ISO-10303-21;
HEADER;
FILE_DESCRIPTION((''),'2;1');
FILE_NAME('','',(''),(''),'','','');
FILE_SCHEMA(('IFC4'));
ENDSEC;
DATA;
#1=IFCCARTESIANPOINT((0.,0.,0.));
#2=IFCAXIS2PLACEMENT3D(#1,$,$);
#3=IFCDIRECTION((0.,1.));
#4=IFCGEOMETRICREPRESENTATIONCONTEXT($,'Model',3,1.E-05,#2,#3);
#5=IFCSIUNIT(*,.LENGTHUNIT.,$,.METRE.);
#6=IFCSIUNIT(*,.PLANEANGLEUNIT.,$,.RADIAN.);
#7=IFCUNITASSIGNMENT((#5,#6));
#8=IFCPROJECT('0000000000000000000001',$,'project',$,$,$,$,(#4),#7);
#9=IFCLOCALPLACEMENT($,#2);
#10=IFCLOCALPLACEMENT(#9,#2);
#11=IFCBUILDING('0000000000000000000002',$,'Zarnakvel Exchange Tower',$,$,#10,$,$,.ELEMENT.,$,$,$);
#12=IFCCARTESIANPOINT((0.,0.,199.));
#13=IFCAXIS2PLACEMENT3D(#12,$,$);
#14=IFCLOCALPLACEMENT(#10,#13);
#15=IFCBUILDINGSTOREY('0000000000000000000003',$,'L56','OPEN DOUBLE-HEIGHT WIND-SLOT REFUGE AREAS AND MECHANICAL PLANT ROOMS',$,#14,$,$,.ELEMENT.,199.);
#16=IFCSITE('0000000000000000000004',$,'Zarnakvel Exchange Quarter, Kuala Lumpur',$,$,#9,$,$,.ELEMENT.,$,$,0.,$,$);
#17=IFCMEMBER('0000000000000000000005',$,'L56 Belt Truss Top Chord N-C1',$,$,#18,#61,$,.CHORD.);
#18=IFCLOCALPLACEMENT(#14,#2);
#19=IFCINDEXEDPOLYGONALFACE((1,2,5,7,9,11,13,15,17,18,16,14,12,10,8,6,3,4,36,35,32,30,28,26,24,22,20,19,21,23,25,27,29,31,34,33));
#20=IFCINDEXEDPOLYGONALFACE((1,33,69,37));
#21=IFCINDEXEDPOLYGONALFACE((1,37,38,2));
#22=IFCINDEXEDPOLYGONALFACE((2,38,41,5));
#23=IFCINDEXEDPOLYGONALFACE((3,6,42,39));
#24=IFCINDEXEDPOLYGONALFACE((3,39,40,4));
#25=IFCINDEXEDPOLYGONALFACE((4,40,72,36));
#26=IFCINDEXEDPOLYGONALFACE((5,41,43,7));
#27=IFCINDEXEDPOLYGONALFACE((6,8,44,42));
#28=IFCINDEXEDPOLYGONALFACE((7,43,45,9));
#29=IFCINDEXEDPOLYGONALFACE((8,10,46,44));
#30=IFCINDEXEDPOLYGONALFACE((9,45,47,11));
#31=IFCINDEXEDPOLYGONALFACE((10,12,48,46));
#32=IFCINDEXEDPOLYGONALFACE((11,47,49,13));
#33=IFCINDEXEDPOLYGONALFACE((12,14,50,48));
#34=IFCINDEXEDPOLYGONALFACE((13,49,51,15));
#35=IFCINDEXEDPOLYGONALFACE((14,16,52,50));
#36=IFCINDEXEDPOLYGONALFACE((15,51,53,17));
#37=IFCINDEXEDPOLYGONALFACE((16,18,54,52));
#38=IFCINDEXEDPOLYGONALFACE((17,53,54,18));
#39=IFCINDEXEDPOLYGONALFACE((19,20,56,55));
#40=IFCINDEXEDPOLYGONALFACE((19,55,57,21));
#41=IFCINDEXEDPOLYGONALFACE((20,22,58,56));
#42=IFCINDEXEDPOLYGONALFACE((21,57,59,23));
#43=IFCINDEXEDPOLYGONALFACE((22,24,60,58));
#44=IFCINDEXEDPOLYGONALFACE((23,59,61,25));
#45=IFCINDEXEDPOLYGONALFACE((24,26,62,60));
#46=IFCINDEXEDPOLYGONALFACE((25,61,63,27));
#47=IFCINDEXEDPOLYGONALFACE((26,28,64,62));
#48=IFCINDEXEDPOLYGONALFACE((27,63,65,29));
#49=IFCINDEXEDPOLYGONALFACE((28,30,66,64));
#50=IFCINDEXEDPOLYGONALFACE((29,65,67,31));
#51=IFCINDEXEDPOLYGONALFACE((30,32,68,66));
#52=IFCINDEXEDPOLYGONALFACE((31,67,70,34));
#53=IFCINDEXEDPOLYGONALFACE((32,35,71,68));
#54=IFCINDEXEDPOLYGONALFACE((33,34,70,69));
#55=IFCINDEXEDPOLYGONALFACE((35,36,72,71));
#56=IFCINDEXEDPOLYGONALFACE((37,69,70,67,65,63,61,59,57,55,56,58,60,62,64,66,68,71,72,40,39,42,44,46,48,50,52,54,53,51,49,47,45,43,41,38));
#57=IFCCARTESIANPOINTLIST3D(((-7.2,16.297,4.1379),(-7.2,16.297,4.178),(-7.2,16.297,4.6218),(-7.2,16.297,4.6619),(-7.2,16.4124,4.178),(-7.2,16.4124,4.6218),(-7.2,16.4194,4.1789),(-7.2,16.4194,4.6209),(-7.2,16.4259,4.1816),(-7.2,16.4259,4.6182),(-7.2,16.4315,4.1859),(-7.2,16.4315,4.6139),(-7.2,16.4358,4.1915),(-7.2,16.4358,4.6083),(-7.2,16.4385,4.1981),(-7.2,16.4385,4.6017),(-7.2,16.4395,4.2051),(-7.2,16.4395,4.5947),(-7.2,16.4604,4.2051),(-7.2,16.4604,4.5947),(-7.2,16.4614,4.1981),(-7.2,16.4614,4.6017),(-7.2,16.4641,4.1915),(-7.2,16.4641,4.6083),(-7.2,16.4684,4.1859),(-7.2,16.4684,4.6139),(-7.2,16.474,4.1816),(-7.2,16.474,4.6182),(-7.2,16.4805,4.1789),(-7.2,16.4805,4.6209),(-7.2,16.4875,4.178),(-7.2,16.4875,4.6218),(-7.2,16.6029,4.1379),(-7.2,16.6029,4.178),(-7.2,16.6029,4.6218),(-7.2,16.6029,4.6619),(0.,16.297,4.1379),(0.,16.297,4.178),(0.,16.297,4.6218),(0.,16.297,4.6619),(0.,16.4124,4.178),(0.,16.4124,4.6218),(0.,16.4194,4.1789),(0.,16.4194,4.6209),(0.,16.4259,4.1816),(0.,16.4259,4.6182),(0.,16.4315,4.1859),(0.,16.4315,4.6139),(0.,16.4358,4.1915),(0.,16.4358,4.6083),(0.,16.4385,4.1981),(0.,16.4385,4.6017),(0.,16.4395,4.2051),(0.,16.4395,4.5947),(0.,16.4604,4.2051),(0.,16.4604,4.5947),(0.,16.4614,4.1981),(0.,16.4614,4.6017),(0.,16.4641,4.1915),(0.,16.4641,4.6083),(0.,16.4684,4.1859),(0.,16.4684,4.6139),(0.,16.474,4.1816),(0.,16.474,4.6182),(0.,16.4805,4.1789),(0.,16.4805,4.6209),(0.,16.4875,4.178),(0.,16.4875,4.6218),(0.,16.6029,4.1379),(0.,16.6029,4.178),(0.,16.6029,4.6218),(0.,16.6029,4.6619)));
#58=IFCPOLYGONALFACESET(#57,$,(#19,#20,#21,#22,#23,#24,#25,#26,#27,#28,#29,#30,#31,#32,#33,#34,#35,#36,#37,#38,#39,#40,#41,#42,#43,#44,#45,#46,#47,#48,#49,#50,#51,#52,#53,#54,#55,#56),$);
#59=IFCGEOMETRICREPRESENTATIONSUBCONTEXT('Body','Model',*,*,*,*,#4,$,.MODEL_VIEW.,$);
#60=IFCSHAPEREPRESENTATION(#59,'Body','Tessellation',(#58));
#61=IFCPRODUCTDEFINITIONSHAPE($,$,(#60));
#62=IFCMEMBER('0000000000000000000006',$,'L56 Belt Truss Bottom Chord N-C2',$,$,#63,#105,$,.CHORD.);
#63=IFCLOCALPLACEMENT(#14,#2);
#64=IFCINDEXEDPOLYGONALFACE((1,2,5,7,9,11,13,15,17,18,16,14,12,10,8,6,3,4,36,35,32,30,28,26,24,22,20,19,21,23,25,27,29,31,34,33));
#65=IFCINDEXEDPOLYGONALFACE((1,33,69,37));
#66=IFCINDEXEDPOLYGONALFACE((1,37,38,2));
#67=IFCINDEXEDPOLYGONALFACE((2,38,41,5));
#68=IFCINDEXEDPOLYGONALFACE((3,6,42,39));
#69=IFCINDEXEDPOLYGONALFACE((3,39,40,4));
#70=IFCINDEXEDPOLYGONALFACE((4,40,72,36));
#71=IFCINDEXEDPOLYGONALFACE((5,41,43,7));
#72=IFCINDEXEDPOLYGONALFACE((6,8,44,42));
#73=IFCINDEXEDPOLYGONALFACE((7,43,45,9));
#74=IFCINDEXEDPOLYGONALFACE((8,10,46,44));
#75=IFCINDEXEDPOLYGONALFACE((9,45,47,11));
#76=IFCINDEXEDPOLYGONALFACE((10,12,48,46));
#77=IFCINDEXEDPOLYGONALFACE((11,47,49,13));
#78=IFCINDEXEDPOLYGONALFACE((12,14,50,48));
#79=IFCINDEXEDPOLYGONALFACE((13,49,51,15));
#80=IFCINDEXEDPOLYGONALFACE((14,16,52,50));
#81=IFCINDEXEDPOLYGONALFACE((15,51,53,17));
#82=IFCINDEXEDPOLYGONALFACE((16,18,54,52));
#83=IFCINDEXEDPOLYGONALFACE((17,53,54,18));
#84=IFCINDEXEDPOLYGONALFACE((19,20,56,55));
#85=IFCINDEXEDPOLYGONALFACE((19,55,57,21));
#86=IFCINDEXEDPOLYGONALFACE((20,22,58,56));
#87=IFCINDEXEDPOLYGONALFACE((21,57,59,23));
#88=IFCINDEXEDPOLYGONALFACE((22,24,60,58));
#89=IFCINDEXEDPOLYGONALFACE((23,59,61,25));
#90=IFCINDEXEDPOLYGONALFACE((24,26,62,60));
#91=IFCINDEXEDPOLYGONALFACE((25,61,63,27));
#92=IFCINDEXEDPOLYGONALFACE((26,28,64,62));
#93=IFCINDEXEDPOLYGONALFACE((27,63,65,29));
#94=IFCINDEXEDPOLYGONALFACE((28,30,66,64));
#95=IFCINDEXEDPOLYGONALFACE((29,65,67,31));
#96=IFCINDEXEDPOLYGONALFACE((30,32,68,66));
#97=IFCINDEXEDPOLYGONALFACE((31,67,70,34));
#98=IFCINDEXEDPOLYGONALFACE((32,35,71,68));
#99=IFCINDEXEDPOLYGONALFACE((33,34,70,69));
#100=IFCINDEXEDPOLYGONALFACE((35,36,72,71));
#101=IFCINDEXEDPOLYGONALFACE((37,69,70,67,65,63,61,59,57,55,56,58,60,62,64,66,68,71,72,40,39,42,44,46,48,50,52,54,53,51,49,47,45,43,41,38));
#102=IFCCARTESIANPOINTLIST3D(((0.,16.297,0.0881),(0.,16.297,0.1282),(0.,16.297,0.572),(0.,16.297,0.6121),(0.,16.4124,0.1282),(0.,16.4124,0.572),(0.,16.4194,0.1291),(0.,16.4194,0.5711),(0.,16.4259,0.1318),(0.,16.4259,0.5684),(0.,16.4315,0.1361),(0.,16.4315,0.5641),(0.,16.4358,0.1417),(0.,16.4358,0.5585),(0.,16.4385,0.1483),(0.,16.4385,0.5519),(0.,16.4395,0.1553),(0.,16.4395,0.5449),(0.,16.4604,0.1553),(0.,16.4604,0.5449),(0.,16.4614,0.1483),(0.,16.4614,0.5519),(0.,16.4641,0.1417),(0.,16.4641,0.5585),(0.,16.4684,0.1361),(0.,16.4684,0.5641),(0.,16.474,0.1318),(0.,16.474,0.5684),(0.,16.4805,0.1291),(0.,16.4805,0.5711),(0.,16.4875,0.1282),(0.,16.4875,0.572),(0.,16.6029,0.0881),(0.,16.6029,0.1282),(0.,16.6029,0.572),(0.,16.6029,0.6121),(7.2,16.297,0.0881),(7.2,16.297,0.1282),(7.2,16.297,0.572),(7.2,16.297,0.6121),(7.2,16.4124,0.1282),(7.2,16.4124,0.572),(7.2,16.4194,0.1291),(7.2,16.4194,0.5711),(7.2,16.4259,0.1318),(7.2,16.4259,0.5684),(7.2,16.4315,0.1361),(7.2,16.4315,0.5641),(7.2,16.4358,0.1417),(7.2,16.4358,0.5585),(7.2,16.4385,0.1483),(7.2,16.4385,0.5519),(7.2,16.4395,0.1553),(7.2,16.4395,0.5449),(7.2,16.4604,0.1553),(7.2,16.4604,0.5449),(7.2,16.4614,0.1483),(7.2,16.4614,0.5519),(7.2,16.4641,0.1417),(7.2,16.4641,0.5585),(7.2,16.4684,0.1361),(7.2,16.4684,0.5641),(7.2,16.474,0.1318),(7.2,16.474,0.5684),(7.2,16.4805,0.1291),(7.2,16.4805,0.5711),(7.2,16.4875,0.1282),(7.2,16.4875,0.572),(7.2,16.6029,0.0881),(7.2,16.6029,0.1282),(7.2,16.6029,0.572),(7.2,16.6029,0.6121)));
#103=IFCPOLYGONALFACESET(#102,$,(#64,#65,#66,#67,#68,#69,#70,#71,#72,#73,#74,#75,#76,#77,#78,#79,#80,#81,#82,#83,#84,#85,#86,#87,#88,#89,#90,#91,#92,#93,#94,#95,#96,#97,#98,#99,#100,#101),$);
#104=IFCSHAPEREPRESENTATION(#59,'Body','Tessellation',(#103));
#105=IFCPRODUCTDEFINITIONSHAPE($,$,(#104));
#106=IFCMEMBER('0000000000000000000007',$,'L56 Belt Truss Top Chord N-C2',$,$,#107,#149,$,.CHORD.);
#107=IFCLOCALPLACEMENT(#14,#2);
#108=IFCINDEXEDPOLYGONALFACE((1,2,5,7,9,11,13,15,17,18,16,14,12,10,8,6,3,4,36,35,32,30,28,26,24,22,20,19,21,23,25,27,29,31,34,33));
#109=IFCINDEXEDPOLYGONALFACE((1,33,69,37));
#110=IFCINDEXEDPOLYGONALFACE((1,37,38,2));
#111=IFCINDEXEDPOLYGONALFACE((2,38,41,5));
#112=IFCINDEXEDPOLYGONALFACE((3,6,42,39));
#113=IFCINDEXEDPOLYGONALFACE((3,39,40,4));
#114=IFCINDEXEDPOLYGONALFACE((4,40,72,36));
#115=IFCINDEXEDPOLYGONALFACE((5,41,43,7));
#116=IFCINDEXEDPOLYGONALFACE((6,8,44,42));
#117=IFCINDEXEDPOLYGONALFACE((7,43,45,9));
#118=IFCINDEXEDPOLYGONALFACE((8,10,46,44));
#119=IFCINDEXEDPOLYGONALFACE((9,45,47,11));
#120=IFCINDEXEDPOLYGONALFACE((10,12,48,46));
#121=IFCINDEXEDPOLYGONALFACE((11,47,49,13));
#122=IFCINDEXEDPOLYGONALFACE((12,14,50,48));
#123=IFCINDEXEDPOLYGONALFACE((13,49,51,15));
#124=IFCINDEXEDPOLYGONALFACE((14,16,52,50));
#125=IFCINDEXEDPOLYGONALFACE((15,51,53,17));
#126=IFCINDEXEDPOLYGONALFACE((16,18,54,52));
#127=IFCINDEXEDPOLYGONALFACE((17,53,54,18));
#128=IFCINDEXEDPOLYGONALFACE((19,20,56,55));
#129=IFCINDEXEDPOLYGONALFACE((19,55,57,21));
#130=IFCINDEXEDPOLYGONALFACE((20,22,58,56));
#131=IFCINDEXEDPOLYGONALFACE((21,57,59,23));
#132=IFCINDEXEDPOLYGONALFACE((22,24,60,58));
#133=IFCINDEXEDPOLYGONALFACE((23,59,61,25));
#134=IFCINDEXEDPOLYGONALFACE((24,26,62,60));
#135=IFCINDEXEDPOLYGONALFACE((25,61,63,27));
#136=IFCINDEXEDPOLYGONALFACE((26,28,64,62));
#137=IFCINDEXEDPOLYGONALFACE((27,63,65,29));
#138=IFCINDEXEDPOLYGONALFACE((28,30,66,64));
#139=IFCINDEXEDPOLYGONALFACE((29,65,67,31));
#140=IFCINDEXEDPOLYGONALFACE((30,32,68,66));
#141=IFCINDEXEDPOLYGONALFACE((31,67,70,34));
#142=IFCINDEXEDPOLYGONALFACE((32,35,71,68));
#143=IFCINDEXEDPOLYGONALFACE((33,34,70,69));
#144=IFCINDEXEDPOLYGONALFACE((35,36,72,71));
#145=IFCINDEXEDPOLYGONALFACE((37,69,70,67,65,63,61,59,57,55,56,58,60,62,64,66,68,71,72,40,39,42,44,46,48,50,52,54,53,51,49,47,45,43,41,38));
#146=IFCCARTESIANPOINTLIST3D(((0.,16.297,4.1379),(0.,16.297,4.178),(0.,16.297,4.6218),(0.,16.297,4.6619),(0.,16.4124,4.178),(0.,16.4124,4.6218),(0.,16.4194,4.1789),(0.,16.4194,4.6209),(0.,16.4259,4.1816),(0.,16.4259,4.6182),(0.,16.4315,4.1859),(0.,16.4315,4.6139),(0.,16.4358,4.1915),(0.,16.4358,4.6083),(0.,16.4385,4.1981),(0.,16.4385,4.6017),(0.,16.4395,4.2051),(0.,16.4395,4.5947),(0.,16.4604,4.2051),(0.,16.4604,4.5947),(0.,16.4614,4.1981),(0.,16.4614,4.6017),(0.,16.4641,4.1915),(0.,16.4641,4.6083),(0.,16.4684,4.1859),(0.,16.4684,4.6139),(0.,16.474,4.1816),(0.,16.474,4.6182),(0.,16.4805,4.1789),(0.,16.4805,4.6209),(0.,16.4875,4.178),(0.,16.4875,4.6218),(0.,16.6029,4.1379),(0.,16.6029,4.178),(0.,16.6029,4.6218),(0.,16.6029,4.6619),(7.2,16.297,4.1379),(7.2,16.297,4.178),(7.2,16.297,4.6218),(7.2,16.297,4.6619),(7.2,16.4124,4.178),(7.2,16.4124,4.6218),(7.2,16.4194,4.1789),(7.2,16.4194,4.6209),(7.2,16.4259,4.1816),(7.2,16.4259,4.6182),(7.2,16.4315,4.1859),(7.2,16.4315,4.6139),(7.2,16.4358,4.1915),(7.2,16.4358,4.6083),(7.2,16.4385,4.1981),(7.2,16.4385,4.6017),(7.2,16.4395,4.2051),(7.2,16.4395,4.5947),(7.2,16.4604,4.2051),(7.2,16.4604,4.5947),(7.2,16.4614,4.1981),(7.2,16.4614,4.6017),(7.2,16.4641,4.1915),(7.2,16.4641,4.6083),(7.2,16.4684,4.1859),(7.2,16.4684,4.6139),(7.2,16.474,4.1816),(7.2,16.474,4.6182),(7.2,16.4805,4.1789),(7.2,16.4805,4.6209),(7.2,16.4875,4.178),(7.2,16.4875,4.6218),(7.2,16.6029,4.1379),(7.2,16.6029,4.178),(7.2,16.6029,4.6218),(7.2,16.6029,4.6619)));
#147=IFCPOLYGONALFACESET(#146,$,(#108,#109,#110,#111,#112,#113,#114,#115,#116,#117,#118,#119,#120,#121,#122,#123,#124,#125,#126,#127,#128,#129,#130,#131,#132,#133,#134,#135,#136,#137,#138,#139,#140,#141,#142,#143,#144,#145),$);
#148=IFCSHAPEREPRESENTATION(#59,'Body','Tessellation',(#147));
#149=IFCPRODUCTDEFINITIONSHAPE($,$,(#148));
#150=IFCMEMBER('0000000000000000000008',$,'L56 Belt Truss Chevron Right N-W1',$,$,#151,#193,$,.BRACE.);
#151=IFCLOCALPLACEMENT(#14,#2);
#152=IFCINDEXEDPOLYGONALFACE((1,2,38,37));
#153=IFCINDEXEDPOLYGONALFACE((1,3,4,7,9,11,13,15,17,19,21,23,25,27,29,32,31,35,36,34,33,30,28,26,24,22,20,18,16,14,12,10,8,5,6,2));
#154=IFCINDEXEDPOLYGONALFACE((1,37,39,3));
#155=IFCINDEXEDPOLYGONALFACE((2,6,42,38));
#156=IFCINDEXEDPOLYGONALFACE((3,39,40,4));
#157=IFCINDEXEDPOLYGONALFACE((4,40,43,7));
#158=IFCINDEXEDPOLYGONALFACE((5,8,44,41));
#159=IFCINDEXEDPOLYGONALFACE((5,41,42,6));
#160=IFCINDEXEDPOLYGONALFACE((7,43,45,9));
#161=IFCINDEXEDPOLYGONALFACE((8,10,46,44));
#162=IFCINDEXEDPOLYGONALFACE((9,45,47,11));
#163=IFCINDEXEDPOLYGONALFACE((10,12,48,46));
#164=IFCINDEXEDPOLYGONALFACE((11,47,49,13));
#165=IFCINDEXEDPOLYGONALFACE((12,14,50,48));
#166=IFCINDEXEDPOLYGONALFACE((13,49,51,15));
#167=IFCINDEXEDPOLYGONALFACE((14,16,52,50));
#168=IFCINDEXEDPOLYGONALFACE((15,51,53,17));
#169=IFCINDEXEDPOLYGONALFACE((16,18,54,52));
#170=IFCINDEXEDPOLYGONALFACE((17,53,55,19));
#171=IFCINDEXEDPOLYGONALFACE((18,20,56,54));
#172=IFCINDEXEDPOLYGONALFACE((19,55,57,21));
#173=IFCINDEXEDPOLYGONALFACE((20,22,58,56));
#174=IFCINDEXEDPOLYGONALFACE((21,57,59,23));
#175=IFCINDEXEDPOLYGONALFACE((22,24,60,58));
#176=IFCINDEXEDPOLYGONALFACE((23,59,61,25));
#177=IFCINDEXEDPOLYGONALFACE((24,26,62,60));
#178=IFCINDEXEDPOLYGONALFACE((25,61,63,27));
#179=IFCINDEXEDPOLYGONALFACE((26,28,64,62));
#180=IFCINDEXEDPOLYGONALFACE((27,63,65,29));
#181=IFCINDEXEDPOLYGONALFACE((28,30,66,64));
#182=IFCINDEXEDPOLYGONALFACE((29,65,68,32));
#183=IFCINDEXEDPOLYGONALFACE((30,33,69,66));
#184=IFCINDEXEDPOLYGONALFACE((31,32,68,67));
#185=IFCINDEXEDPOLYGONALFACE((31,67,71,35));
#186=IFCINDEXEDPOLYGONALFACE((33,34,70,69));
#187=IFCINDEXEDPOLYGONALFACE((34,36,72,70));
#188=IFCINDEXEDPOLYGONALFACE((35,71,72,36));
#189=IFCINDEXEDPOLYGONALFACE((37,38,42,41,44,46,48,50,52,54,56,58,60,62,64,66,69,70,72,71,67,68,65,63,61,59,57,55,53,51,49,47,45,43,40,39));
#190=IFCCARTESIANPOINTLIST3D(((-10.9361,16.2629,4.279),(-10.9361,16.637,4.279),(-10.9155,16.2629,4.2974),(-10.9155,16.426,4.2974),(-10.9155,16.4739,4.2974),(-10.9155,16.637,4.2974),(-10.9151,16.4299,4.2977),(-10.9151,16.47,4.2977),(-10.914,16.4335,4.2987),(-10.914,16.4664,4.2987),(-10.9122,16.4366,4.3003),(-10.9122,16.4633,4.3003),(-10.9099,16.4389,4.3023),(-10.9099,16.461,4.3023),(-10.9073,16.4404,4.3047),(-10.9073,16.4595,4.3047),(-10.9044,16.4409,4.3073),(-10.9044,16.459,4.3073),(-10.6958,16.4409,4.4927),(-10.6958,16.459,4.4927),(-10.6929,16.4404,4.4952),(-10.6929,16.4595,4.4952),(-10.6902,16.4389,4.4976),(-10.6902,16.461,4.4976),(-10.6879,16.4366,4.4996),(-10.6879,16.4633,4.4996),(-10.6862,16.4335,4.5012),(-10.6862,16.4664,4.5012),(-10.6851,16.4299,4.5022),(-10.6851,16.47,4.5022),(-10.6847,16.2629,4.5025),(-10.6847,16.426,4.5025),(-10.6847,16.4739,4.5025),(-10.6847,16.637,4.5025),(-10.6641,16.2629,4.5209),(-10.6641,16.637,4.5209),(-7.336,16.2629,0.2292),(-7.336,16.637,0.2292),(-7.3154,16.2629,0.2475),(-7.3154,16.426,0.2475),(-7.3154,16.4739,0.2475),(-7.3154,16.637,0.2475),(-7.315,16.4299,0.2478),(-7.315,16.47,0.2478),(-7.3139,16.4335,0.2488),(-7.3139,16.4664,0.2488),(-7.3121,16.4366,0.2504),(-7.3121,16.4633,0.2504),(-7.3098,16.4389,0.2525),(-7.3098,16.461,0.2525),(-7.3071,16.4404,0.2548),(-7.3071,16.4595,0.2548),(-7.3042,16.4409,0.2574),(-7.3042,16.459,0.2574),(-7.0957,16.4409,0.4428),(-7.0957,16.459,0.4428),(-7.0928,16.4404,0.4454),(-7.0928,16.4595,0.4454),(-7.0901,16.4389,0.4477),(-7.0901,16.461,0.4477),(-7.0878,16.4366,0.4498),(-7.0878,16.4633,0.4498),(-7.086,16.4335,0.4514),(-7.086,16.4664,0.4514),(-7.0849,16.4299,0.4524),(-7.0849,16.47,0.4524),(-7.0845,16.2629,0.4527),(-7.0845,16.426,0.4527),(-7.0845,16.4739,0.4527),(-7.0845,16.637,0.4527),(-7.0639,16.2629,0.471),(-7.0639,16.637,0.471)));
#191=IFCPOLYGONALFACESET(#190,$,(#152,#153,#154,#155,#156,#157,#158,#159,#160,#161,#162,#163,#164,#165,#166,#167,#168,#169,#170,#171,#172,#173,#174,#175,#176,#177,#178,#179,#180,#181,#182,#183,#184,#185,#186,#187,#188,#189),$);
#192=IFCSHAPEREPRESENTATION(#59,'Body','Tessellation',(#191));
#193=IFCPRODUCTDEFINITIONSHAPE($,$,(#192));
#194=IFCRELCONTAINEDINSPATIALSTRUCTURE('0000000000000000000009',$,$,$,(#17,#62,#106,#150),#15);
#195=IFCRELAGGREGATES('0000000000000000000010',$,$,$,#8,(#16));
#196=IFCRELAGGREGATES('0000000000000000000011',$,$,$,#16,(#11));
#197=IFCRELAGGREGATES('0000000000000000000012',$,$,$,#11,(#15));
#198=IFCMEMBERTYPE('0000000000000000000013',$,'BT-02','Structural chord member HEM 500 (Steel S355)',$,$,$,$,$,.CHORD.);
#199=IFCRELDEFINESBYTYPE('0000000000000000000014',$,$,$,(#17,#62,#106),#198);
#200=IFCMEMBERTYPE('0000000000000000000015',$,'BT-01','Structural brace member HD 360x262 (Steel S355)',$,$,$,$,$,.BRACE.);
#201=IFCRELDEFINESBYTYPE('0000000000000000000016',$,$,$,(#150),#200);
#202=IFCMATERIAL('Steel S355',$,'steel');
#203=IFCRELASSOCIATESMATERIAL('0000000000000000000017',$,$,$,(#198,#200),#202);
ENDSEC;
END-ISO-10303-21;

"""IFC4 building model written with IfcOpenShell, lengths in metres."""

from ifc_helpers import new_model, si_unit, direction, frame, origin, origin_2d, place, context, subcontext, project, spatial, i_section, extrude, source, transform, mapped, material, material_profile, profile_set, type_object, element, save


model = new_model("IFC4")

# Units and contexts
model_context = context("Model", 3, precision=1e-05, world=origin(), true_north=direction((0.0, 1.0)))
body_context = subcontext(model_context, "Body", "Model", "MODEL_VIEW")
ifc_project = project(units=[si_unit("LENGTHUNIT", "METRE"), si_unit("PLANEANGLEUNIT", "RADIAN")], contexts=[model_context])

# Site, building, storey
site_placement = place(None, origin())
site = spatial("IfcSite", under=ifc_project, at=site_placement, Name="Zarnakvel Exchange Quarter, Kuala Lumpur", CompositionType="ELEMENT", RefElevation=0.0)
building_placement = place(site_placement, origin())
building = spatial("IfcBuilding", under=site, at=building_placement, Name="Zarnakvel Exchange Tower", CompositionType="ELEMENT")
storey_placement = place(building_placement, frame((0.0, 0.0, 199.0)))
storey = spatial("IfcBuildingStorey", under=building, at=storey_placement, Name="L56", Description="OPEN DOUBLE-HEIGHT WIND-SLOT REFUGE AREAS AND MECHANICAL PLANT ROOMS", CompositionType="ELEMENT", Elevation=199.0)

# Shared definitions
ifc_material_1 = material(Name="Steel S355", Category="steel")

# Members
ifc_material_profile_1 = material_profile(ifc_material_1, i_section(OverallWidth=0.3059, OverallDepth=0.5239, WebThickness=0.021, FlangeThickness=0.04, FilletRadius=0.0271, at=origin_2d()))
ifc_profile_set_1 = profile_set([ifc_material_profile_1], Name="Steel S355")
member_type_1 = type_object("IfcMemberType", Name="BT-02", Description="Structural chord member HEM 500 (Steel S355)", PredefinedType="CHORD", material=ifc_profile_set_1)
shared_shape_1 = source(origin(), body_context, "Body", "SweptSolid", [
    extrude(i_section(OverallWidth=0.3059, OverallDepth=0.5239, WebThickness=0.021, FlangeThickness=0.04, FilletRadius=0.0271, at=origin_2d()), origin(), (0.0, 0.0, 1.0), 7.2),
])
for number, where, z_axis, x_axis, name in (
    (1, (-7.2, 16.45, 4.3999), (1.0, 0.0, 0.0), (0.0, 1.0, 0.0), "L56 Belt Truss Top Chord N-C1"),
    (2, (0.0, 16.45, 0.3501), (1.0, 0.0, 0.0), (0.0, 1.0, 0.0), "L56 Belt Truss Bottom Chord N-C2"),
    (3, (0.0, 16.45, 4.3999), (1.0, 0.0, 0.0), (0.0, 1.0, 0.0), "L56 Belt Truss Top Chord N-C2"),
):
    element("IfcMember", number, at=place(storey_placement, frame(where, z_axis=z_axis, x_axis=x_axis)), inside=storey, type_object=member_type_1, Name=name, PredefinedType="CHORD", context=body_context, shape_type="MappedRepresentation", body=[
        mapped(shared_shape_1, transform((0.0, 0.0, 0.0), x_axis=(1.0, 0.0, 0.0), y_axis=(0.0, 1.0, 0.0), z_axis=(0.0, 0.0, 1.0), scale=1.0)),
    ])
ifc_material_profile_2 = material_profile(ifc_material_1, i_section(OverallWidth=0.374, OverallDepth=0.364, WebThickness=0.0181, FlangeThickness=0.0276, FilletRadius=0.0149, at=origin_2d()))
ifc_profile_set_2 = profile_set([ifc_material_profile_2], Name="Steel S355")
member_type_2 = type_object("IfcMemberType", Name="BT-01", Description="Structural brace member HD 360x262 (Steel S355)", PredefinedType="BRACE", material=ifc_profile_set_2)
shared_shape_2 = source(origin(), body_context, "Body", "SweptSolid", [
    extrude(i_section(OverallWidth=0.374, OverallDepth=0.364, WebThickness=0.0181, FlangeThickness=0.0276, FilletRadius=0.0149, at=origin_2d()), origin(), (0.0, 0.0, 1.0), 5.4187),
])
for number, where, z_axis, x_axis, name in (
    (4, (-7.2, 16.45, 0.3501), (-0.664392, 0.0, 0.747384), (0.0, -1.0, 0.0), "L56 Belt Truss Chevron Right N-W1"),
):
    element("IfcMember", number, at=place(storey_placement, frame(where, z_axis=z_axis, x_axis=x_axis)), inside=storey, type_object=member_type_2, Name=name, PredefinedType="BRACE", context=body_context, shape_type="MappedRepresentation", body=[
        mapped(shared_shape_2, transform((0.0, 0.0, 0.0), x_axis=(1.0, 0.0, 0.0), y_axis=(0.0, 1.0, 0.0), z_axis=(0.0, 0.0, 1.0), scale=1.0)),
    ])

save(model, "model.ifc")
